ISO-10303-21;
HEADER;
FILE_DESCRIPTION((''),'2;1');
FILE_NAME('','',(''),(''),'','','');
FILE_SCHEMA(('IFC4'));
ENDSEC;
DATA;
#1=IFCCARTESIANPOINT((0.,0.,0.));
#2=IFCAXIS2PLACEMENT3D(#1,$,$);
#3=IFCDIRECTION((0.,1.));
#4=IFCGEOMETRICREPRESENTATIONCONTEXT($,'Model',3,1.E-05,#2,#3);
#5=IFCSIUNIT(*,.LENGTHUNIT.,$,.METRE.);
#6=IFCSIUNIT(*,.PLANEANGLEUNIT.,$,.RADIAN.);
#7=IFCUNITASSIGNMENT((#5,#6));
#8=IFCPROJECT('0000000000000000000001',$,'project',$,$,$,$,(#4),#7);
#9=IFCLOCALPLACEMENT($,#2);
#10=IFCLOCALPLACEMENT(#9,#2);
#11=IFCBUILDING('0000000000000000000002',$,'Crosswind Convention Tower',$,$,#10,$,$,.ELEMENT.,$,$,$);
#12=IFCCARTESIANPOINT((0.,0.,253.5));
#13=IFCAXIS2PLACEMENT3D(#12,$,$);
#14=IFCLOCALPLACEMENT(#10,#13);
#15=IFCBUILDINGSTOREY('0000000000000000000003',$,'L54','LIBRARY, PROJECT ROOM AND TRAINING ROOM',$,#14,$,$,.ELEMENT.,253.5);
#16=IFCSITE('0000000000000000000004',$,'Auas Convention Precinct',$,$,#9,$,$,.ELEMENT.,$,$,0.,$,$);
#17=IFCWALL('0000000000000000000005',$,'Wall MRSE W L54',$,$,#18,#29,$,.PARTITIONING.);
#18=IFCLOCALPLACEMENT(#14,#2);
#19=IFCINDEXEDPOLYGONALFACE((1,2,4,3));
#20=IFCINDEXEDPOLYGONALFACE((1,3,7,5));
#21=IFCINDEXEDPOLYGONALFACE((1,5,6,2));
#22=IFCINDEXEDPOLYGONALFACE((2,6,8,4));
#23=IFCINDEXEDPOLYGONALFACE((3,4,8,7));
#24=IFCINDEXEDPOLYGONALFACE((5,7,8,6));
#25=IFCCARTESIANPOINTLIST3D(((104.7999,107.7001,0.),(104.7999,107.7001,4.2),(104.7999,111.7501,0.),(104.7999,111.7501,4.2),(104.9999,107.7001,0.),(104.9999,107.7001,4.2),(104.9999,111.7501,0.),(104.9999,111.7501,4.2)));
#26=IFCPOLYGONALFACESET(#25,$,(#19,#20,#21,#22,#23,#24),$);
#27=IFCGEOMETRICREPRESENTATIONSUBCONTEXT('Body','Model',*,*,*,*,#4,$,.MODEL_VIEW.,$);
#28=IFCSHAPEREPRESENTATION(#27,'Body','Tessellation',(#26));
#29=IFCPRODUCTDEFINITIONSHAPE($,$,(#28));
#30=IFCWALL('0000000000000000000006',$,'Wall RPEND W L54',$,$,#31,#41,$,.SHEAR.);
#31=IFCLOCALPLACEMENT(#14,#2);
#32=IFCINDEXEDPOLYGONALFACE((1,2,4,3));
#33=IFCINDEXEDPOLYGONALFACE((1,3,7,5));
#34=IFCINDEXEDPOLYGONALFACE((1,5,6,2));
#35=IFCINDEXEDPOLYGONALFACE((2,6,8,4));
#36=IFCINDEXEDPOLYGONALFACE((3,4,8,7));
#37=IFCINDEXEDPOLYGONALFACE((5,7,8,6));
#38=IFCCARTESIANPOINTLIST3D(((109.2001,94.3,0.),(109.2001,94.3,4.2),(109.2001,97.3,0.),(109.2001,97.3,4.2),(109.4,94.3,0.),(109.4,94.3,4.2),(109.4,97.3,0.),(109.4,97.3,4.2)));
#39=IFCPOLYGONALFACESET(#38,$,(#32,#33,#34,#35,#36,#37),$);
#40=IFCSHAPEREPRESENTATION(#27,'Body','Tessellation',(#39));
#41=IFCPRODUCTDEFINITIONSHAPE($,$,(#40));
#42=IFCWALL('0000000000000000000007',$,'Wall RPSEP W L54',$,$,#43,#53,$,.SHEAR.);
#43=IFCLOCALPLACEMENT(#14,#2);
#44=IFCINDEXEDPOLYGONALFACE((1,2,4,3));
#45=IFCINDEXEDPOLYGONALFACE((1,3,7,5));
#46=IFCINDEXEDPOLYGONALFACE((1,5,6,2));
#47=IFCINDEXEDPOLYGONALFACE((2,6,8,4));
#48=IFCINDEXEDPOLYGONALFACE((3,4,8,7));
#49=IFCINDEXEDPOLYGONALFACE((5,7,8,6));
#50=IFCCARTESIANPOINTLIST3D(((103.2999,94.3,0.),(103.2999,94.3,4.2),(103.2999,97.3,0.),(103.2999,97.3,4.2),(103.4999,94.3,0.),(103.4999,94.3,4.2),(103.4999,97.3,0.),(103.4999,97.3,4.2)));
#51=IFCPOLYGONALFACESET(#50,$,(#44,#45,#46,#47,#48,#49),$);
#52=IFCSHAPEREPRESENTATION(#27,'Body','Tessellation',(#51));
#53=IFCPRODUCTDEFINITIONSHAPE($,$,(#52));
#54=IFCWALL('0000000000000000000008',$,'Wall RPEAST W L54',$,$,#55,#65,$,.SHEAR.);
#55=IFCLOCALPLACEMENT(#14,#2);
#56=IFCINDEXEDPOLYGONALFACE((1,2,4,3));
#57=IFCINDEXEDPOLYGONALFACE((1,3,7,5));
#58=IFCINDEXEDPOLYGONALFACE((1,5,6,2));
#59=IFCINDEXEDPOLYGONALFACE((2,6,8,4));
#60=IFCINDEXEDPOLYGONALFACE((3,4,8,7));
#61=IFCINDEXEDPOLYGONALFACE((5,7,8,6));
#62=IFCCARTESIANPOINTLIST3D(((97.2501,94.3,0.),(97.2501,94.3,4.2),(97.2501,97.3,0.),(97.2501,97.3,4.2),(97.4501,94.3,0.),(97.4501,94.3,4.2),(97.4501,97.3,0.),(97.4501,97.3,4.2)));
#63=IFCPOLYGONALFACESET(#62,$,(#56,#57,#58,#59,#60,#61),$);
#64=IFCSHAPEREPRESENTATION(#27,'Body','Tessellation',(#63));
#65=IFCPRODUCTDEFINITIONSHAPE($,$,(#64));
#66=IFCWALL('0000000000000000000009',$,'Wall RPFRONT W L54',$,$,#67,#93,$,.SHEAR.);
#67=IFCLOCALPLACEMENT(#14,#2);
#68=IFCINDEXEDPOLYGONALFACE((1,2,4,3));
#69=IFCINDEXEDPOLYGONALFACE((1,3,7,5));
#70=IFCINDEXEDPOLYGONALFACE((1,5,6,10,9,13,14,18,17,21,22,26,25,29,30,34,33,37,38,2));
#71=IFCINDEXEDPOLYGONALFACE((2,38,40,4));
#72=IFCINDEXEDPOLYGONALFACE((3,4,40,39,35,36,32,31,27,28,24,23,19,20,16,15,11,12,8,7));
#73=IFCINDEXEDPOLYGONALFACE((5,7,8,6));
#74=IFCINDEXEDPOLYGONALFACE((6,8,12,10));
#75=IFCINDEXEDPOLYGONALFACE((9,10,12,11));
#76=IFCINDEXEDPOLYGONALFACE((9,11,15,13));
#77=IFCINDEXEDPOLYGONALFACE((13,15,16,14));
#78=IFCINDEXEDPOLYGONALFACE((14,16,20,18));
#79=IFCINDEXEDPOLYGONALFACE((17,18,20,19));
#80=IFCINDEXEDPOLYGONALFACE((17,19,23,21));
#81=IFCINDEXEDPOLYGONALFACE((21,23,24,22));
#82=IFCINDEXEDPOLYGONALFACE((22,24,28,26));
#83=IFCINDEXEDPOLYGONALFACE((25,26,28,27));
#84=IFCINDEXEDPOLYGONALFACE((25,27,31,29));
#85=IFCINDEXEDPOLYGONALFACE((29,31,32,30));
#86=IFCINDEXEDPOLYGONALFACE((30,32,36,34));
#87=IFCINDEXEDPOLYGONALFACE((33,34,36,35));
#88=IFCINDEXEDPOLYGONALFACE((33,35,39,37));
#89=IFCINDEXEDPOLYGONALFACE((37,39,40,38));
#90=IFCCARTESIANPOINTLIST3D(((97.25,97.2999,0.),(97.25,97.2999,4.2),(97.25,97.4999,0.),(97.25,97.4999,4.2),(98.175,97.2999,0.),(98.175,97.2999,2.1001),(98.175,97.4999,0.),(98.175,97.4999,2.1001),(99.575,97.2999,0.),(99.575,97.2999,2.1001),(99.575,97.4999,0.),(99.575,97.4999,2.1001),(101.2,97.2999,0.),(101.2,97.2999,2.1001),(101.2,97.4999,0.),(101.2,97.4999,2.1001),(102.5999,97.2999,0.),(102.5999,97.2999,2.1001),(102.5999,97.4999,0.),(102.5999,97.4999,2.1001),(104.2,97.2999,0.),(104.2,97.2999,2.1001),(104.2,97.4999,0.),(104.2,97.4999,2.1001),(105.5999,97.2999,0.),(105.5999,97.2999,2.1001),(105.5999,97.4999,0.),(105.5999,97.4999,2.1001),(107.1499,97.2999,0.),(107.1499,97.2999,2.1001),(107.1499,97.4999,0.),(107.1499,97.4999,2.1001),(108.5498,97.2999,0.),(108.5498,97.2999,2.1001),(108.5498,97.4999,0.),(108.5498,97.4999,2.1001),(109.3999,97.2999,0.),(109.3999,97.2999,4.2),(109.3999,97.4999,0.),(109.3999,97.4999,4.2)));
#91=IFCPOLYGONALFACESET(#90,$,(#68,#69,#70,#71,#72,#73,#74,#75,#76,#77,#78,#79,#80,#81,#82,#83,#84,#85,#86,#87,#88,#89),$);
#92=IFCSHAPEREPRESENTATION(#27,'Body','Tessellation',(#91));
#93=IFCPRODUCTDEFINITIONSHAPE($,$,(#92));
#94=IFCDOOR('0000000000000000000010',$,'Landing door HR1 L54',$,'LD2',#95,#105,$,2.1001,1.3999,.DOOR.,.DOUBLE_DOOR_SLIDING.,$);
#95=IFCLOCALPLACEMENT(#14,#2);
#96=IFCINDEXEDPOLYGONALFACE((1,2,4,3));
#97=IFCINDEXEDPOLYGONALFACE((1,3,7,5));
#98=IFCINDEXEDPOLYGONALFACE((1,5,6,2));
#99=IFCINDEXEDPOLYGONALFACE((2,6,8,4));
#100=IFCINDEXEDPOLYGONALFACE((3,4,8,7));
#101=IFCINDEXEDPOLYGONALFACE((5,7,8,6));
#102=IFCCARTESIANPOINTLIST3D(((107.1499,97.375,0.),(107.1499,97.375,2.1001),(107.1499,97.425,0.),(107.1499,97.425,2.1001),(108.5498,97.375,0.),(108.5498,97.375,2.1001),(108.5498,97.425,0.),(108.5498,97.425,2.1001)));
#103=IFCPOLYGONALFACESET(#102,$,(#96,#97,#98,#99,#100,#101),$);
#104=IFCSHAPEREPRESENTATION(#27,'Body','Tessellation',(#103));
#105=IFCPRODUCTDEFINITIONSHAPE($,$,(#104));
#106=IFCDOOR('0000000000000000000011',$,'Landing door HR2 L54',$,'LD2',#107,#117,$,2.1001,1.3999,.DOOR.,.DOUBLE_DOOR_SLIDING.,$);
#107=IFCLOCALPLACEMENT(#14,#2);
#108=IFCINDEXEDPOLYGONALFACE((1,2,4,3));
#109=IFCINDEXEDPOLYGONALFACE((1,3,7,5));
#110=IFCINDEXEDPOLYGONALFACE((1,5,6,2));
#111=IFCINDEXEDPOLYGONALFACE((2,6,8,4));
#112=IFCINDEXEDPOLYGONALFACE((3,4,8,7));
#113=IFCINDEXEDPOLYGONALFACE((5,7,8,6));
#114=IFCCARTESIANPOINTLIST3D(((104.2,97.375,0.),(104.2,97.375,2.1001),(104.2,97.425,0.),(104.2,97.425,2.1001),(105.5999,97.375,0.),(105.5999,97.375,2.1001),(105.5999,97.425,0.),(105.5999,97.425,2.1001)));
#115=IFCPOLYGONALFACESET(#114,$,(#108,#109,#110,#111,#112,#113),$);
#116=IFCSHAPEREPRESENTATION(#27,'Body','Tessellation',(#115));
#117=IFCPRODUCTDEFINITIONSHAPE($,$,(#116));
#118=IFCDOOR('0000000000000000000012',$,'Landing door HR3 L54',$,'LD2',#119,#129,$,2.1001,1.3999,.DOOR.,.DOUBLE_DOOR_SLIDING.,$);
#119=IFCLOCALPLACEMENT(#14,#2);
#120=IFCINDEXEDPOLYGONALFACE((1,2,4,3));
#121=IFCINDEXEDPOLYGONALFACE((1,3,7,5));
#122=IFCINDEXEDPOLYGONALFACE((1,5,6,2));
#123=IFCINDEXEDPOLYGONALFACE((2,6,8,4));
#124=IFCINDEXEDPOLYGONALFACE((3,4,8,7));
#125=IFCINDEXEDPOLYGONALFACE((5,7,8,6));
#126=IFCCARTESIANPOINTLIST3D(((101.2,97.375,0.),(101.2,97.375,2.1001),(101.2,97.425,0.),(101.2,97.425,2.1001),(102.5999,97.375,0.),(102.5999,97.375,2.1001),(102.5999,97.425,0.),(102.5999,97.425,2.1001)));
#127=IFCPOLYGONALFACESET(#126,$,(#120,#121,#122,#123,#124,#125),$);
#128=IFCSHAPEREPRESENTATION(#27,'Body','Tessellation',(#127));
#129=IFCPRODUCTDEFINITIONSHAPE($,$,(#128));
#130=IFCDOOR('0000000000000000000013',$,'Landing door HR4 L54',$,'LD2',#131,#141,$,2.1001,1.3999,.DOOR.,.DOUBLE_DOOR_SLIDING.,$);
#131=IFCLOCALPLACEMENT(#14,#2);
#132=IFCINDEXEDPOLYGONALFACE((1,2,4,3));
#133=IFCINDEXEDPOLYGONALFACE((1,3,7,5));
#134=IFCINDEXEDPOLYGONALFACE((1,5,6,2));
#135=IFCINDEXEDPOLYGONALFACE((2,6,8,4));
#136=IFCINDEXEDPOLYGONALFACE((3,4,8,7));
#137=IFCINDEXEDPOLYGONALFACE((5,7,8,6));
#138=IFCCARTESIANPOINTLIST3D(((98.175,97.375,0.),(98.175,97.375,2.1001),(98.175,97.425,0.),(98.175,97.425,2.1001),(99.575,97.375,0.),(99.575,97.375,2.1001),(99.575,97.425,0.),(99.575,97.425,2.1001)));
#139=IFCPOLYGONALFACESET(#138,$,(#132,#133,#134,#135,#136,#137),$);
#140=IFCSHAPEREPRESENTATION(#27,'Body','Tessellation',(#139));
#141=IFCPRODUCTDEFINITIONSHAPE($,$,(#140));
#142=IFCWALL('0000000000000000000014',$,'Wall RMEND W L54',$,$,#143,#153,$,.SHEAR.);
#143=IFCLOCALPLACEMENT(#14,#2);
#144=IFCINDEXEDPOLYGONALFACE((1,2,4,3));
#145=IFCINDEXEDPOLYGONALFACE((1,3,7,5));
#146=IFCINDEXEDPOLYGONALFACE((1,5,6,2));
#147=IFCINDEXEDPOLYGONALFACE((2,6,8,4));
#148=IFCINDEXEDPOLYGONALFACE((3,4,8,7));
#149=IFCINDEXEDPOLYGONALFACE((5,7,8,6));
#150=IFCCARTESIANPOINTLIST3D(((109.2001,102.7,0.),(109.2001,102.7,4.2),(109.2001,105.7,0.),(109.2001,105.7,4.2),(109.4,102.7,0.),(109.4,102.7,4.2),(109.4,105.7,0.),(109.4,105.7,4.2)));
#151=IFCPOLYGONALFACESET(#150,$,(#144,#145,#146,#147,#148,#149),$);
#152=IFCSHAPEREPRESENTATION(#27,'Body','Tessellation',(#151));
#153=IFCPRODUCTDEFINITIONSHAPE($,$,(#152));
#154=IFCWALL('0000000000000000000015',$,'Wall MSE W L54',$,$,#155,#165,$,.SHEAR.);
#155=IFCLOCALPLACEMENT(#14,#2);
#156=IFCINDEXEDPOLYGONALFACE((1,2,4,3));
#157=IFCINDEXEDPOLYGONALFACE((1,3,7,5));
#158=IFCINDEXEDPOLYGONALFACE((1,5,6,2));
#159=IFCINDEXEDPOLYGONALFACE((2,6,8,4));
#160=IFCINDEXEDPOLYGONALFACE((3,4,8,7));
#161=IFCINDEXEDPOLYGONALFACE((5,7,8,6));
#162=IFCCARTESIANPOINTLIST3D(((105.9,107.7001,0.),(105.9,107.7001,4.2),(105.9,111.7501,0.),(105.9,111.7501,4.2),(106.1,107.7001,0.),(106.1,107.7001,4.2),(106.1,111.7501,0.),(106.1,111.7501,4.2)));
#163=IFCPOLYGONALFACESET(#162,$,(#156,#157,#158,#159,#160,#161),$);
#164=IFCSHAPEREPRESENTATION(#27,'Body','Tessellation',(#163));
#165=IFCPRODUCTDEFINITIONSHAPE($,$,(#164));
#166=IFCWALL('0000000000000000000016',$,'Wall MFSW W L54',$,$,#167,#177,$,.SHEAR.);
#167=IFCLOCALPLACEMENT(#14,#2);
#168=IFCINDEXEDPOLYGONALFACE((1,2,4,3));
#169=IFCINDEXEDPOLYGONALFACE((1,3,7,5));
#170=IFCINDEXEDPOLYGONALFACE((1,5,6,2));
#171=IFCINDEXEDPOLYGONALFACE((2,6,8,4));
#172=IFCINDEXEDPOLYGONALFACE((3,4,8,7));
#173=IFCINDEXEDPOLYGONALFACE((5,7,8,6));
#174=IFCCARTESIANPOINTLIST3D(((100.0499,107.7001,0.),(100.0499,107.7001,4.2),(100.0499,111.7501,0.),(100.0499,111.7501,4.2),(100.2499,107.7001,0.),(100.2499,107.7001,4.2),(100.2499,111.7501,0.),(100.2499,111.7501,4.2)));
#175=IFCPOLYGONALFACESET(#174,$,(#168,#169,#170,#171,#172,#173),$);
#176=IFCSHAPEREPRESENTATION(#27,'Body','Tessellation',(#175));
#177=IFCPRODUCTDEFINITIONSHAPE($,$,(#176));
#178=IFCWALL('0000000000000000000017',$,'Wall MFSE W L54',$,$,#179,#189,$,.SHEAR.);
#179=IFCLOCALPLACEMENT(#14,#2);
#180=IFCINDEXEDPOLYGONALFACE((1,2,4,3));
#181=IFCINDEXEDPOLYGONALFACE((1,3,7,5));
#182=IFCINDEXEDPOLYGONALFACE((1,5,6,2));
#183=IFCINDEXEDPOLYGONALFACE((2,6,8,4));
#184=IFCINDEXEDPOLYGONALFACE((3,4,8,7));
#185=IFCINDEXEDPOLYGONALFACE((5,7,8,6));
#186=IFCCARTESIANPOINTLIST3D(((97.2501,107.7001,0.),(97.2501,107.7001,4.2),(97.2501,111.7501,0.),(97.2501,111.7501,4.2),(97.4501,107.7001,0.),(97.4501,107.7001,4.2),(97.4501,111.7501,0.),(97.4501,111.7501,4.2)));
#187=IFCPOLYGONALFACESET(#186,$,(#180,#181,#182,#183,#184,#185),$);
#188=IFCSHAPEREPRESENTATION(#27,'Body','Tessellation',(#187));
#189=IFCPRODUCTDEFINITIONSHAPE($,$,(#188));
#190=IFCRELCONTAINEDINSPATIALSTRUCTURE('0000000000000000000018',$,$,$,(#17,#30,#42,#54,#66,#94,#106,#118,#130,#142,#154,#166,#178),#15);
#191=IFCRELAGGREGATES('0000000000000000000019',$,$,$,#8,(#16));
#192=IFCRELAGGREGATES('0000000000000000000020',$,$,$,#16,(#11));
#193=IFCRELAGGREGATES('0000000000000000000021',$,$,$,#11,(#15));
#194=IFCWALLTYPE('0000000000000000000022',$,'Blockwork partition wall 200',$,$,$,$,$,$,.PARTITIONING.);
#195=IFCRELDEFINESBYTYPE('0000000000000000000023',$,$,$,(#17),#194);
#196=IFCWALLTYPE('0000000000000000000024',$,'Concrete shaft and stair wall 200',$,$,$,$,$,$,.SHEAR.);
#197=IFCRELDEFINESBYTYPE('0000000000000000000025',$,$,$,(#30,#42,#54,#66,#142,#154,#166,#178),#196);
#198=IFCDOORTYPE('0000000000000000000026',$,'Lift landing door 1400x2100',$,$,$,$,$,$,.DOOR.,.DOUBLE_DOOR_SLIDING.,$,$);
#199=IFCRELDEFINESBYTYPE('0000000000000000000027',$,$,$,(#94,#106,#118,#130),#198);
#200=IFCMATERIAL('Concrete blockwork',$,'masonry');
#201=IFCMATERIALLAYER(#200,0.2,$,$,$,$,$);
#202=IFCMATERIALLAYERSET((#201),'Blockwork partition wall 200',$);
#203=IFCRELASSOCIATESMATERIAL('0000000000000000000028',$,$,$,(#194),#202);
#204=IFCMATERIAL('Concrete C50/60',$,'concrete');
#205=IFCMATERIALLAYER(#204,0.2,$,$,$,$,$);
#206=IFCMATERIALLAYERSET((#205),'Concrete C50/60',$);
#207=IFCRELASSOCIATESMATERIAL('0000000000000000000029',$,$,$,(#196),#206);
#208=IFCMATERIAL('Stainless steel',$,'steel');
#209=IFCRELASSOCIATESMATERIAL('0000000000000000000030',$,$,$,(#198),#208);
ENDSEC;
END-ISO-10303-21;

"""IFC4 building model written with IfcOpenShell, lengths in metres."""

from ifc_helpers import new_model, si_unit, direction, frame, frame_2d, origin, place, context, subcontext, project, spatial, rectangle, extrude, material, layer, layer_set, type_object, element, fill, save


model = new_model("IFC4")

# Units and contexts
model_context = context("Model", 3, precision=1e-05, world=origin(), true_north=direction((0.0, 1.0)))
body_context = subcontext(model_context, "Body", "Model", "MODEL_VIEW")
ifc_project = project(units=[si_unit("LENGTHUNIT", "METRE"), si_unit("PLANEANGLEUNIT", "RADIAN")], contexts=[model_context])

# Site, building, storey
site_placement = place(None, origin())
site = spatial("IfcSite", under=ifc_project, at=site_placement, Name="Auas Convention Precinct", CompositionType="ELEMENT", RefElevation=0.0)
building_placement = place(site_placement, origin())
building = spatial("IfcBuilding", under=site, at=building_placement, Name="Crosswind Convention Tower", CompositionType="ELEMENT")
storey_placement = place(building_placement, frame((0.0, 0.0, 253.5)))
storey = spatial("IfcBuildingStorey", under=building, at=storey_placement, Name="L54", Description="LIBRARY, PROJECT ROOM AND TRAINING ROOM", CompositionType="ELEMENT", Elevation=253.5)

# Walls
ifc_material_1 = material(Name="Concrete blockwork", Category="masonry")
ifc_layer_1 = layer(ifc_material_1, 0.2)
ifc_layer_set_1 = layer_set([ifc_layer_1], Name="Blockwork partition wall 200")
wall_type_1 = type_object("IfcWallType", Name="Blockwork partition wall 200", PredefinedType="PARTITIONING", material=ifc_layer_set_1)
wall_1_placement = place(storey_placement, frame((104.8999, 111.75, 0.0), z_axis=(0.0, 0.0, 1.0), x_axis=(0.0, -1.0, 0.0)))
element("IfcWall", 1, at=wall_1_placement, inside=storey, type_object=wall_type_1, Name="Wall MRSE W L54", PredefinedType="PARTITIONING", context=body_context, shape_type="SweptSolid", body=[
    extrude(rectangle(XDim=4.05, YDim=0.2, at=frame_2d((2.0249, 0.0))), origin(), (0.0, 0.0, 1.0), 4.2),
])
ifc_material_2 = material(Name="Concrete C50/60", Category="concrete")
ifc_layer_2 = layer(ifc_material_2, 0.2)
ifc_layer_set_2 = layer_set([ifc_layer_2], Name="Concrete C50/60")
wall_type_2 = type_object("IfcWallType", Name="Concrete shaft and stair wall 200", PredefinedType="SHEAR", material=ifc_layer_set_2)
for number, where, z_axis, x_axis, name in (
    (2, (109.3, 97.3, 0.0), (0.0, 0.0, 1.0), (0.0, -1.0, 0.0), "Wall RPEND W L54"),
    (3, (103.3999, 97.3, 0.0), (0.0, 0.0, 1.0), (0.0, -1.0, 0.0), "Wall RPSEP W L54"),
    (4, (97.3501, 97.3, 0.0), (0.0, 0.0, 1.0), (0.0, -1.0, 0.0), "Wall RPEAST W L54"),
):
    element("IfcWall", number, at=place(storey_placement, frame(where, z_axis=z_axis, x_axis=x_axis)), inside=storey, type_object=wall_type_2, Name=name, PredefinedType="SHEAR", context=body_context, shape_type="SweptSolid", body=[
        extrude(rectangle(XDim=3.0, YDim=0.2, at=frame_2d((1.5, 0.0))), origin(), (0.0, 0.0, 1.0), 4.2),
    ])

# Wall, openings, doors
wall_2_placement = place(storey_placement, frame((109.3999, 97.3999, 0.0), z_axis=(0.0, 0.0, 1.0), x_axis=(-1.0, 0.0, 0.0)))
wall_2 = element("IfcWall", 5, at=wall_2_placement, inside=storey, type_object=wall_type_2, Name="Wall RPFRONT W L54", PredefinedType="SHEAR", context=body_context, shape_type="SweptSolid", body=[
    extrude(rectangle(XDim=12.1499, YDim=0.2, at=frame_2d((6.075, 0.0))), origin(), (0.0, 0.0, 1.0), 4.2),
])
opening_1_placement = place(wall_2_placement, frame((0.8501, 0.0, 0.0)))
opening_1 = element("IfcOpeningElement", 6, at=opening_1_placement, cuts=wall_2, PredefinedType="OPENING", context=body_context, shape_type="SweptSolid", body=[
    extrude(rectangle(XDim=1.3999, YDim=2.1001, at=frame_2d((0.7, 1.05))), frame((0.0, 0.1099, 0.0), z_axis=(0.0, -1.0, 0.0), x_axis=(1.0, 0.0, 0.0)), (0.0, 0.0, 1.0), 0.22),
])
opening_2_placement = place(wall_2_placement, frame((3.8, 0.0, 0.0)))
opening_2 = element("IfcOpeningElement", 7, at=opening_2_placement, cuts=wall_2, PredefinedType="OPENING", context=body_context, shape_type="SweptSolid", body=[
    extrude(rectangle(XDim=1.3999, YDim=2.1001, at=frame_2d((0.7, 1.05))), frame((0.0, 0.1099, 0.0), z_axis=(0.0, -1.0, 0.0), x_axis=(1.0, 0.0, 0.0)), (0.0, 0.0, 1.0), 0.22),
])
opening_3_placement = place(wall_2_placement, frame((6.8, 0.0, 0.0)))
opening_3 = element("IfcOpeningElement", 8, at=opening_3_placement, cuts=wall_2, PredefinedType="OPENING", context=body_context, shape_type="SweptSolid", body=[
    extrude(rectangle(XDim=1.3999, YDim=2.1001, at=frame_2d((0.7, 1.05))), frame((0.0, 0.1099, 0.0), z_axis=(0.0, -1.0, 0.0), x_axis=(1.0, 0.0, 0.0)), (0.0, 0.0, 1.0), 0.22),
])
opening_4_placement = place(wall_2_placement, frame((9.825, 0.0, 0.0)))
opening_4 = element("IfcOpeningElement", 9, at=opening_4_placement, cuts=wall_2, PredefinedType="OPENING", context=body_context, shape_type="SweptSolid", body=[
    extrude(rectangle(XDim=1.3999, YDim=2.1001, at=frame_2d((0.7, 1.05))), frame((0.0, 0.1099, 0.0), z_axis=(0.0, -1.0, 0.0), x_axis=(1.0, 0.0, 0.0)), (0.0, 0.0, 1.0), 0.22),
])
ifc_material_3 = material(Name="Stainless steel", Category="steel")
door_type_1 = type_object("IfcDoorType", Name="Lift landing door 1400x2100", OperationType="DOUBLE_DOOR_SLIDING", PredefinedType="DOOR", material=ifc_material_3)
door_1_placement = place(opening_1_placement, origin())
door_1 = element("IfcDoor", 10, at=door_1_placement, inside=storey, type_object=door_type_1, Name="Landing door HR1 L54", ObjectType="LD2", OperationType="DOUBLE_DOOR_SLIDING", OverallHeight=2.1001, OverallWidth=1.3999, PredefinedType="DOOR", context=body_context, shape_type="SweptSolid", body=[
    extrude(rectangle(XDim=1.3999, YDim=2.1001, at=frame_2d((0.7, 1.05))), frame((0.0, 0.0249, 0.0), z_axis=(0.0, -1.0, 0.0), x_axis=(1.0, 0.0, 0.0)), (0.0, 0.0, 1.0), 0.05),
])
fill(opening_1, door_1)
door_2_placement = place(opening_2_placement, origin())
door_2 = element("IfcDoor", 11, at=door_2_placement, inside=storey, type_object=door_type_1, Name="Landing door HR2 L54", ObjectType="LD2", OperationType="DOUBLE_DOOR_SLIDING", OverallHeight=2.1001, OverallWidth=1.3999, PredefinedType="DOOR", context=body_context, shape_type="SweptSolid", body=[
    extrude(rectangle(XDim=1.3999, YDim=2.1001, at=frame_2d((0.7, 1.05))), frame((0.0, 0.0249, 0.0), z_axis=(0.0, -1.0, 0.0), x_axis=(1.0, 0.0, 0.0)), (0.0, 0.0, 1.0), 0.05),
])
fill(opening_2, door_2)
door_3_placement = place(opening_3_placement, origin())
door_3 = element("IfcDoor", 12, at=door_3_placement, inside=storey, type_object=door_type_1, Name="Landing door HR3 L54", ObjectType="LD2", OperationType="DOUBLE_DOOR_SLIDING", OverallHeight=2.1001, OverallWidth=1.3999, PredefinedType="DOOR", context=body_context, shape_type="SweptSolid", body=[
    extrude(rectangle(XDim=1.3999, YDim=2.1001, at=frame_2d((0.7, 1.05))), frame((0.0, 0.0249, 0.0), z_axis=(0.0, -1.0, 0.0), x_axis=(1.0, 0.0, 0.0)), (0.0, 0.0, 1.0), 0.05),
])
fill(opening_3, door_3)
door_4_placement = place(opening_4_placement, origin())
door_4 = element("IfcDoor", 13, at=door_4_placement, inside=storey, type_object=door_type_1, Name="Landing door HR4 L54", ObjectType="LD2", OperationType="DOUBLE_DOOR_SLIDING", OverallHeight=2.1001, OverallWidth=1.3999, PredefinedType="DOOR", context=body_context, shape_type="SweptSolid", body=[
    extrude(rectangle(XDim=1.3999, YDim=2.1001, at=frame_2d((0.7, 1.05))), frame((0.0, 0.0249, 0.0), z_axis=(0.0, -1.0, 0.0), x_axis=(1.0, 0.0, 0.0)), (0.0, 0.0, 1.0), 0.05),
])
fill(opening_4, door_4)

# Walls
wall_3_placement = place(storey_placement, frame((109.3, 105.7, 0.0), z_axis=(0.0, 0.0, 1.0), x_axis=(0.0, -1.0, 0.0)))
element("IfcWall", 14, at=wall_3_placement, inside=storey, type_object=wall_type_2, Name="Wall RMEND W L54", PredefinedType="SHEAR", context=body_context, shape_type="SweptSolid", body=[
    extrude(rectangle(XDim=3.0, YDim=0.2, at=frame_2d((1.5, 0.0))), origin(), (0.0, 0.0, 1.0), 4.2),
])
for number, where, z_axis, x_axis, name in (
    (15, (106.0, 111.75, 0.0), (0.0, 0.0, 1.0), (0.0, -1.0, 0.0), "Wall MSE W L54"),
    (16, (100.1499, 111.75, 0.0), (0.0, 0.0, 1.0), (0.0, -1.0, 0.0), "Wall MFSW W L54"),
    (17, (97.3501, 111.75, 0.0), (0.0, 0.0, 1.0), (0.0, -1.0, 0.0), "Wall MFSE W L54"),
):
    element("IfcWall", number, at=place(storey_placement, frame(where, z_axis=z_axis, x_axis=x_axis)), inside=storey, type_object=wall_type_2, Name=name, PredefinedType="SHEAR", context=body_context, shape_type="SweptSolid", body=[
        extrude(rectangle(XDim=4.05, YDim=0.2, at=frame_2d((2.0249, 0.0))), origin(), (0.0, 0.0, 1.0), 4.2),
    ])

save(model, "model.ifc")
